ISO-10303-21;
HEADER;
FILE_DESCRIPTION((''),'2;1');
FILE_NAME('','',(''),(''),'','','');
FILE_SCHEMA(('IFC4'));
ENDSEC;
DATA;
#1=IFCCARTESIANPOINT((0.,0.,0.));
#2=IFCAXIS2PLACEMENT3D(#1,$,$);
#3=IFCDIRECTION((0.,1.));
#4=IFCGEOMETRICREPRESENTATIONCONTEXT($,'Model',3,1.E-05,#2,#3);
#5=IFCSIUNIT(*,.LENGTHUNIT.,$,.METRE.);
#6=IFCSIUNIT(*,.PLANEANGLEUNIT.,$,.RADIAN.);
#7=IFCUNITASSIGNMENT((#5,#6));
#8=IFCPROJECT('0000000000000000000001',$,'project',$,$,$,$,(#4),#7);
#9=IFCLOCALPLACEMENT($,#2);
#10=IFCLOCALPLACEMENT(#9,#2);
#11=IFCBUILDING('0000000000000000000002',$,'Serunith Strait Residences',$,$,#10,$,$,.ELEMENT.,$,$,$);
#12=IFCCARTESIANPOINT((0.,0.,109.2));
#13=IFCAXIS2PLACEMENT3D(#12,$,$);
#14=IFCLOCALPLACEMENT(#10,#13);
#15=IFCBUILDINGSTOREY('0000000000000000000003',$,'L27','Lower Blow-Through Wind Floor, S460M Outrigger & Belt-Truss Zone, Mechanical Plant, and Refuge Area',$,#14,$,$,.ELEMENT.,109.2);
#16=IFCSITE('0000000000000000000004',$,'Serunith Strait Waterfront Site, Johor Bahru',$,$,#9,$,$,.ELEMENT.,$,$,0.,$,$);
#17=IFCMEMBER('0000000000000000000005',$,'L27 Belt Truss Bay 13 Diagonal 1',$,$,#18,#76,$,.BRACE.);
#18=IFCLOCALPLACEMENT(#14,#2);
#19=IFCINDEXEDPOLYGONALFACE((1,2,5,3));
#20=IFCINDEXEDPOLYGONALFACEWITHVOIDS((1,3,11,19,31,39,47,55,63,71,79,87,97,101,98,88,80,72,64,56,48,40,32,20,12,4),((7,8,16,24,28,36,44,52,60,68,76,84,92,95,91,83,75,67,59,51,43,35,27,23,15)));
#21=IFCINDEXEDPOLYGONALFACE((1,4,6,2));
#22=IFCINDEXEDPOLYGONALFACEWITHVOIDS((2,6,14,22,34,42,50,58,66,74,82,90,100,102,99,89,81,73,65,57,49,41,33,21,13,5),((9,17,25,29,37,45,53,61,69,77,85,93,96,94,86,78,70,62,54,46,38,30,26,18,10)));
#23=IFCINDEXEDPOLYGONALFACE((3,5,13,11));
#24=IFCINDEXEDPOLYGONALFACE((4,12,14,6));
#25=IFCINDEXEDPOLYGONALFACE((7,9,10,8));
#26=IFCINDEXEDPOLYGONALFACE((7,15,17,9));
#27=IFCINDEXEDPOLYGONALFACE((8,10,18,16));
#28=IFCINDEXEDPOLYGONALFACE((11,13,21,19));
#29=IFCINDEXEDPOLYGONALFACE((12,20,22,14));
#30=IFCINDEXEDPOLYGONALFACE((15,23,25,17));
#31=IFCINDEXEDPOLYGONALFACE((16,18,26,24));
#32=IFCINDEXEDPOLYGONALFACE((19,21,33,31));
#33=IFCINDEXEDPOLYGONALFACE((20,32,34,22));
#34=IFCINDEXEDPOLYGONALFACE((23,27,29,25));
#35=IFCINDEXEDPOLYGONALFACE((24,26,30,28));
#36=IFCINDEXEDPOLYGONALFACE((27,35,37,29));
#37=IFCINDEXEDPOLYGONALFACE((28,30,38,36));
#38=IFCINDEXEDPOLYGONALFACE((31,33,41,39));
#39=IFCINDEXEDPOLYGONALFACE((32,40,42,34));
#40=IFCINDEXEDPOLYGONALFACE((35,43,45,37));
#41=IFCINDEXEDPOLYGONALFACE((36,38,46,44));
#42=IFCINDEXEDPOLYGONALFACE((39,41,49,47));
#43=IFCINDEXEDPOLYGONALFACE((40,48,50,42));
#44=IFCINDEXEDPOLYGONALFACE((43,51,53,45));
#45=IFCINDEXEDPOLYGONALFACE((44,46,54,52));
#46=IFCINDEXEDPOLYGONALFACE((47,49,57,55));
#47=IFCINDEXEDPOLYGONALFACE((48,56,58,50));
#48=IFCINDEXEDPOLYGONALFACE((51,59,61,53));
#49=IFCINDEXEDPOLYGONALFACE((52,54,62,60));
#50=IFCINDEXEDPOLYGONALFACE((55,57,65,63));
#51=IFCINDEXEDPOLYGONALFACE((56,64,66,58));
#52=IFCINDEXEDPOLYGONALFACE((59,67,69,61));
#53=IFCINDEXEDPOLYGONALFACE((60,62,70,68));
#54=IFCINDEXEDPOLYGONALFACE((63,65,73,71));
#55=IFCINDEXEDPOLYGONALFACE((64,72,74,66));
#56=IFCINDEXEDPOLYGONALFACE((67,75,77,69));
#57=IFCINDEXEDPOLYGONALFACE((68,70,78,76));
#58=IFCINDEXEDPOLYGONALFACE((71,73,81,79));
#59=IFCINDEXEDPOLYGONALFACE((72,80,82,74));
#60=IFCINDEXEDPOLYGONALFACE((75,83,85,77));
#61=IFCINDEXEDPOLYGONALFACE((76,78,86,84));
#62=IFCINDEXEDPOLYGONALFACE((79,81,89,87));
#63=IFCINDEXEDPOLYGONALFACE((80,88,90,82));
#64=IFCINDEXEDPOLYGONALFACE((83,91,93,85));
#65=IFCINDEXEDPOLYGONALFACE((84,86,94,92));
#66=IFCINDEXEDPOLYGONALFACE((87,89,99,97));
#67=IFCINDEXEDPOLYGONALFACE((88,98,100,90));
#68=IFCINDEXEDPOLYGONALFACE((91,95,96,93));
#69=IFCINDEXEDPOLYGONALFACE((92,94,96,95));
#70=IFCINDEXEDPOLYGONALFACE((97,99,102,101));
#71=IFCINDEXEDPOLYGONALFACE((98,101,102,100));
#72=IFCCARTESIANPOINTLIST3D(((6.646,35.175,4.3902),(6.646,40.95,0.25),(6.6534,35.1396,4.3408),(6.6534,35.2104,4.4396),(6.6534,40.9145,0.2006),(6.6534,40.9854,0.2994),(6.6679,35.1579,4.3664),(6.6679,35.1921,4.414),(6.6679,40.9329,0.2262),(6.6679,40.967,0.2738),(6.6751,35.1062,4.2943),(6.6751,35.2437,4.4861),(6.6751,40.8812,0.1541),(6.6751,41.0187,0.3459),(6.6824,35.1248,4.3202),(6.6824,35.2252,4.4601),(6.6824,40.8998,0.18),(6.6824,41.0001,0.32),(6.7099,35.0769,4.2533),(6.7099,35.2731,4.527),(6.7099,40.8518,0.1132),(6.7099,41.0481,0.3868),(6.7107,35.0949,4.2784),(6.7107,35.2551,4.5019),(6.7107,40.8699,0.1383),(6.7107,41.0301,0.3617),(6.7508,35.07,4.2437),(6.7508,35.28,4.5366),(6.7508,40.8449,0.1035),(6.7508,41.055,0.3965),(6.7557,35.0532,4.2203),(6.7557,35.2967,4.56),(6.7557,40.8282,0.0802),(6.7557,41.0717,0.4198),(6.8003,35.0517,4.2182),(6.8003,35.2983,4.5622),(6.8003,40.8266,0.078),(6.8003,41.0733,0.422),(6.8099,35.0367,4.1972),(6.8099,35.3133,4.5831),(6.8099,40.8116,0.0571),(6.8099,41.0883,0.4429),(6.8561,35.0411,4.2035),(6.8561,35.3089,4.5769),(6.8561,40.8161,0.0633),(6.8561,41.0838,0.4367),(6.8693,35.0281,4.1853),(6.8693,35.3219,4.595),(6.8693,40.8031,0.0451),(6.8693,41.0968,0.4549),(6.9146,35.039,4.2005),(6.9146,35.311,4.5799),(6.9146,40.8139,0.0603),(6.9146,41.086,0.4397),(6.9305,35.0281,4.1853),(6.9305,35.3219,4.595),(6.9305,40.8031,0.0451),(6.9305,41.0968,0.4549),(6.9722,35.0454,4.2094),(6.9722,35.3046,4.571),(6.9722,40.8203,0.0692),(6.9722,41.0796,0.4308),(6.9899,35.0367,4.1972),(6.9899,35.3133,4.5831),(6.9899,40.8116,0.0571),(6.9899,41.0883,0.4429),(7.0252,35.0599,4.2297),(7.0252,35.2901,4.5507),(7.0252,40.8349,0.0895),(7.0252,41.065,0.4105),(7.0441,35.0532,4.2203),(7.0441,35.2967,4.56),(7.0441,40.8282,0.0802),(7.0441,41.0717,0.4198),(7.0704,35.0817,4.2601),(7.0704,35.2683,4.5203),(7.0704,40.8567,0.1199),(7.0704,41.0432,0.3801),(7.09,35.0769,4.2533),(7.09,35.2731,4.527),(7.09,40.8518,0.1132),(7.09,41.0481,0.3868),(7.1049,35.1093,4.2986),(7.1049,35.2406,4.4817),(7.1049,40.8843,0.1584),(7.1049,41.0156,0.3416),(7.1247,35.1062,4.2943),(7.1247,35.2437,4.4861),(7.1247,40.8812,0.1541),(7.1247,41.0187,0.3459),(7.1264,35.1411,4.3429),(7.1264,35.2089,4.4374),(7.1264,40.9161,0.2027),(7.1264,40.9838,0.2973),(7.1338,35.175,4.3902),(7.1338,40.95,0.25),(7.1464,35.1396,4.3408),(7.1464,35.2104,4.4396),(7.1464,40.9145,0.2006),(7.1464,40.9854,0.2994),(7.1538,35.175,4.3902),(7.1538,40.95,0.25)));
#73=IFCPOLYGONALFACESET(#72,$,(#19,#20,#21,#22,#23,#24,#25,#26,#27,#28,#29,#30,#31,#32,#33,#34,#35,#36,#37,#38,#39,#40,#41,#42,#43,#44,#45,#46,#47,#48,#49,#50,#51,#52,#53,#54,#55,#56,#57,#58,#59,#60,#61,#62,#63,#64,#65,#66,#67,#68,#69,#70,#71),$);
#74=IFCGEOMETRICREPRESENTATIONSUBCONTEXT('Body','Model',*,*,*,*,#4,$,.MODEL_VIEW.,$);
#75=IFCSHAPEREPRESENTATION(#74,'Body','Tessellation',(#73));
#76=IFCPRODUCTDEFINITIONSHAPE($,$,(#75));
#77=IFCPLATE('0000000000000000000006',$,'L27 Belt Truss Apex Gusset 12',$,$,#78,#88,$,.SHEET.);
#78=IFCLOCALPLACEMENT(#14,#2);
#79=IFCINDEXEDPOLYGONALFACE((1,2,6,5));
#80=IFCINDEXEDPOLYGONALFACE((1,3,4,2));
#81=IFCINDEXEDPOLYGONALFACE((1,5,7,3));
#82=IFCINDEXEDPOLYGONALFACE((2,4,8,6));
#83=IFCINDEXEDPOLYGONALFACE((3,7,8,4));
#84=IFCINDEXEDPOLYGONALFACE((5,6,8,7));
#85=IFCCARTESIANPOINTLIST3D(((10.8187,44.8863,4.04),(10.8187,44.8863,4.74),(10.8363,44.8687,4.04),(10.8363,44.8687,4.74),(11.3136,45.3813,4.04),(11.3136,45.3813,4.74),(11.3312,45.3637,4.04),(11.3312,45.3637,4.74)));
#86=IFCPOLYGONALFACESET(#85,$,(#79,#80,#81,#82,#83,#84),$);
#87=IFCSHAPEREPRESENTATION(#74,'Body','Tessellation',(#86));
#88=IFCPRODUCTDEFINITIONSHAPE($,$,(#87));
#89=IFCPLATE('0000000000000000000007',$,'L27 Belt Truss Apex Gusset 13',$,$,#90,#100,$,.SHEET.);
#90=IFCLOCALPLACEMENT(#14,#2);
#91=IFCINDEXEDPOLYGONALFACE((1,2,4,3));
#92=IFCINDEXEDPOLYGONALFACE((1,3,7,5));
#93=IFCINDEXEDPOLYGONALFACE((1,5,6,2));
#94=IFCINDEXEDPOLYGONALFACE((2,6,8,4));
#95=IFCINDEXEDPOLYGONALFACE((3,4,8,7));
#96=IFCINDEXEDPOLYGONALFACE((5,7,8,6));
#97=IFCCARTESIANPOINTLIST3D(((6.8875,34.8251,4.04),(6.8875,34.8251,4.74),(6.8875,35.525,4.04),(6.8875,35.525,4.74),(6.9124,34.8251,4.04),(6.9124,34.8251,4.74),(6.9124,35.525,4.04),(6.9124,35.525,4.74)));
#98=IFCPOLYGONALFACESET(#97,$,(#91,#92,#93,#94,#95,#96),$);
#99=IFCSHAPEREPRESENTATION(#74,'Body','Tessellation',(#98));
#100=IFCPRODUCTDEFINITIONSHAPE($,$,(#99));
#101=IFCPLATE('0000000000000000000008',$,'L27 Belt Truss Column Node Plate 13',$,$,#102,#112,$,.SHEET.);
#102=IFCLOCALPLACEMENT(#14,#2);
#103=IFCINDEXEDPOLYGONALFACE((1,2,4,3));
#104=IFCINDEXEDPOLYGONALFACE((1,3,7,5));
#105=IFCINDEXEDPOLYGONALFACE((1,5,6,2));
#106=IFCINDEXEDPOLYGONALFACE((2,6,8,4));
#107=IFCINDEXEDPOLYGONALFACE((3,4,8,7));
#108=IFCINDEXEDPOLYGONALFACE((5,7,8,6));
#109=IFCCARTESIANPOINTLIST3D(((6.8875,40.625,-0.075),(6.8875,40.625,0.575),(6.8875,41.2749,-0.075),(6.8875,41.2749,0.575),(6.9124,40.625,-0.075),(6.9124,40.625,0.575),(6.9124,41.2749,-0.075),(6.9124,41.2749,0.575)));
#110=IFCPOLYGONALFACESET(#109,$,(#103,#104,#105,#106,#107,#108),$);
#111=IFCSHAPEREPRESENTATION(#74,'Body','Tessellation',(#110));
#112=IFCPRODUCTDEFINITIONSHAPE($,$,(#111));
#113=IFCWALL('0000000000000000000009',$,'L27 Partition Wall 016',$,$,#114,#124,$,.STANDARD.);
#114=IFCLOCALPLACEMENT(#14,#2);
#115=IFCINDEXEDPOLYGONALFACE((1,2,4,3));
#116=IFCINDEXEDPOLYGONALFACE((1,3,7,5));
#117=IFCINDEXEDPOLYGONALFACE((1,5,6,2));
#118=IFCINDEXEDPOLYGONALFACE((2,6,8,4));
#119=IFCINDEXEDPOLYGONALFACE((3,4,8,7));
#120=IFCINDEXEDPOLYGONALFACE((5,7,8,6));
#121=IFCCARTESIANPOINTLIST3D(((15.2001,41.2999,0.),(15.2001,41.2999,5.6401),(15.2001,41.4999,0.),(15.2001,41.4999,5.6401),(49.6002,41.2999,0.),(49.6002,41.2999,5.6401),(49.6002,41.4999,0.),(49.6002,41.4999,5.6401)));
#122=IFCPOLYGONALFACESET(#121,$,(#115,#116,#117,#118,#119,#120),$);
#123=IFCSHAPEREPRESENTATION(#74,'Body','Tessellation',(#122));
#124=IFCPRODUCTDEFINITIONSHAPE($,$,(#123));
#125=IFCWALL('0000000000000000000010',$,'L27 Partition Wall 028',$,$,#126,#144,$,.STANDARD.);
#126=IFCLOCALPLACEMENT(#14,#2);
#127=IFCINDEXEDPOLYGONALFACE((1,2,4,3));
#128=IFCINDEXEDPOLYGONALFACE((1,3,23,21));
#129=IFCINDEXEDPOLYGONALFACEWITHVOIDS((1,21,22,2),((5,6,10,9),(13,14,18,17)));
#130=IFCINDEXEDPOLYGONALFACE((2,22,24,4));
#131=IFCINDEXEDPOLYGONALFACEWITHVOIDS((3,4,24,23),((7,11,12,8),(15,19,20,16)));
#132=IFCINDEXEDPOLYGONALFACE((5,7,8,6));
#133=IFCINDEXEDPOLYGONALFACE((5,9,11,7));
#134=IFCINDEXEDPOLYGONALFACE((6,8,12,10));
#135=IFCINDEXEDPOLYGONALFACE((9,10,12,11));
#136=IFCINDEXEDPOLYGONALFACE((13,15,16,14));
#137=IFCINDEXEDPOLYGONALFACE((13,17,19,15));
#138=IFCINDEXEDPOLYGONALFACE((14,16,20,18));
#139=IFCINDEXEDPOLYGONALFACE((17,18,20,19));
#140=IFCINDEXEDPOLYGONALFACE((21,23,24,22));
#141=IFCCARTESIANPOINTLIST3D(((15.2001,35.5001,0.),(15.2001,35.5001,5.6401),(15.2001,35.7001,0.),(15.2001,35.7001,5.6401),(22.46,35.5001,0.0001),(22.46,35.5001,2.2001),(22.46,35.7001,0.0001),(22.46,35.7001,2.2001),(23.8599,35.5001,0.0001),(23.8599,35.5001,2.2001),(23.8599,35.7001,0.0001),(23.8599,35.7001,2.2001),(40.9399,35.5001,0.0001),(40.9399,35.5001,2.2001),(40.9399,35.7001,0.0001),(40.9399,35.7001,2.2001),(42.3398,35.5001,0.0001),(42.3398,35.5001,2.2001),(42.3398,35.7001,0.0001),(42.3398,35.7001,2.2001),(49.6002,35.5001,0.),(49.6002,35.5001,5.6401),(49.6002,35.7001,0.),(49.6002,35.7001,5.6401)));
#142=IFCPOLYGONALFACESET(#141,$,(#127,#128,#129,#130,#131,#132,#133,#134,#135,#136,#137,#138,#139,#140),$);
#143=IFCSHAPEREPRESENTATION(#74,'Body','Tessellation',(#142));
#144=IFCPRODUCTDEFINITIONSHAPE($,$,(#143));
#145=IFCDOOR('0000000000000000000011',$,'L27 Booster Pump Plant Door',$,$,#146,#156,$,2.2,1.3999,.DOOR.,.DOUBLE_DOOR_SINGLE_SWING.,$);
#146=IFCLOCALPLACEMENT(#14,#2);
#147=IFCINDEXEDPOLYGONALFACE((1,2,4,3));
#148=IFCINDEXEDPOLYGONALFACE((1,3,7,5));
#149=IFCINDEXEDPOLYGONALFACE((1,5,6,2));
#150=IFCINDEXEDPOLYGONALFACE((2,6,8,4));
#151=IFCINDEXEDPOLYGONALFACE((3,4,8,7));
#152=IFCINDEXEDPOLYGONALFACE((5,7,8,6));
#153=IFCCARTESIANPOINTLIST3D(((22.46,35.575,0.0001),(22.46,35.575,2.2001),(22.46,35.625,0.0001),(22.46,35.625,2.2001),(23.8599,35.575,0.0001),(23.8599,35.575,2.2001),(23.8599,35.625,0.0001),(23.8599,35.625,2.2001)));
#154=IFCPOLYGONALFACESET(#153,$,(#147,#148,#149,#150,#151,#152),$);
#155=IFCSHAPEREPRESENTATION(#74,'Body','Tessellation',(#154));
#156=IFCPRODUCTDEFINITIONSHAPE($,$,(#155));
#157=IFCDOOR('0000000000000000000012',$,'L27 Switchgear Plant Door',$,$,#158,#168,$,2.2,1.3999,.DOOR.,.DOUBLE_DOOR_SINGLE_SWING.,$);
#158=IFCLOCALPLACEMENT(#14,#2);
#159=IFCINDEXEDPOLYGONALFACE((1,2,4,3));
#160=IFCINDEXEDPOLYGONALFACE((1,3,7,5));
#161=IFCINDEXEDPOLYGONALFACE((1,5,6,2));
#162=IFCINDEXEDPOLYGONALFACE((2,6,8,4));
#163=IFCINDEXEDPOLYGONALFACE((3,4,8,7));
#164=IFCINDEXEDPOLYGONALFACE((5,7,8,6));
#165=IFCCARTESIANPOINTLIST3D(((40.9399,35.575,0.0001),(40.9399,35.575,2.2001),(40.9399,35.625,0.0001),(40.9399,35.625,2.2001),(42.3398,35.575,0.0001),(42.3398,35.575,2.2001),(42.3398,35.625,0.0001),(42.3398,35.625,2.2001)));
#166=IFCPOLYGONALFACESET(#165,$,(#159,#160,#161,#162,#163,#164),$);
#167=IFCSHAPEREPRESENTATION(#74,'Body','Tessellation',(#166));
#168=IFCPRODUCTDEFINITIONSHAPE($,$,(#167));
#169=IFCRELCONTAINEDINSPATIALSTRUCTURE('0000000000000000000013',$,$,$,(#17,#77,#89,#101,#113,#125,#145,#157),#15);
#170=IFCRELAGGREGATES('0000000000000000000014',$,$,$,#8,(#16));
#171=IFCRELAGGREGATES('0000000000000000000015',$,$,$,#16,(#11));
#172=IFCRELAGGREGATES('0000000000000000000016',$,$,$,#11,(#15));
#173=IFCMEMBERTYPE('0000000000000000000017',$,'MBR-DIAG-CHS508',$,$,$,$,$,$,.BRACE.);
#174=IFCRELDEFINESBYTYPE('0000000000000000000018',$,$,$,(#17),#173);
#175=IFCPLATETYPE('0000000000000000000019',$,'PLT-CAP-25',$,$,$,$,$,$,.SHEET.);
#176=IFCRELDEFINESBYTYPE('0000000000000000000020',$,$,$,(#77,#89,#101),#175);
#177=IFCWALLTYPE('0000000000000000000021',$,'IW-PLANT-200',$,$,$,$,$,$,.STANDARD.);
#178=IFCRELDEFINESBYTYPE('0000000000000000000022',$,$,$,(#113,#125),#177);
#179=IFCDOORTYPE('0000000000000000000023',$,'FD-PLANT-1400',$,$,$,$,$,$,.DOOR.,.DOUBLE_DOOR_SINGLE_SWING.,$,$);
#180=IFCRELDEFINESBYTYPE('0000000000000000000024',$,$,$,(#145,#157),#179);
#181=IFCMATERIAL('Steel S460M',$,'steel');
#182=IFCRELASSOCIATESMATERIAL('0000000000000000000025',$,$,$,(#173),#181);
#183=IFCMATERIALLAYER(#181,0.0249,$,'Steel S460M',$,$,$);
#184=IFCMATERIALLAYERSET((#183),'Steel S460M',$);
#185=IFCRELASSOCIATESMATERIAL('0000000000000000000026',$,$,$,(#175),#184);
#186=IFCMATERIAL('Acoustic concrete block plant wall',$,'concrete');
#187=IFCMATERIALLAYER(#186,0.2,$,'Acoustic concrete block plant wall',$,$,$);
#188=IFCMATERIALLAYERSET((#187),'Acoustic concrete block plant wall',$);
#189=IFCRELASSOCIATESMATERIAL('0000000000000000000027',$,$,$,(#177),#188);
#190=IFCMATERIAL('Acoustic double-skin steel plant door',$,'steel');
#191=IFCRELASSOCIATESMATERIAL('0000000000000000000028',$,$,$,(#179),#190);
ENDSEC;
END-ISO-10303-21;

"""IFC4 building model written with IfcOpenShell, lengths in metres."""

from ifc_helpers import new_model, si_unit, direction, frame, frame_2d, origin, origin_2d, place, context, subcontext, project, spatial, rectangle, hollow_circle, extrude, source, transform, mapped, material, layer, layer_set, material_profile, profile_set, type_object, element, fill, save


model = new_model("IFC4")

# Units and contexts
model_context = context("Model", 3, precision=1e-05, world=origin(), true_north=direction((0.0, 1.0)))
body_context = subcontext(model_context, "Body", "Model", "MODEL_VIEW")
ifc_project = project(units=[si_unit("LENGTHUNIT", "METRE"), si_unit("PLANEANGLEUNIT", "RADIAN")], contexts=[model_context])

# Site, building, storey
site_placement = place(None, origin())
site = spatial("IfcSite", under=ifc_project, at=site_placement, Name="Serunith Strait Waterfront Site, Johor Bahru", CompositionType="ELEMENT", RefElevation=0.0)
building_placement = place(site_placement, origin())
building = spatial("IfcBuilding", under=site, at=building_placement, Name="Serunith Strait Residences", CompositionType="ELEMENT")
storey_placement = place(building_placement, frame((0.0, 0.0, 109.2)))
storey = spatial("IfcBuildingStorey", under=building, at=storey_placement, Name="L27", Description="Lower Blow-Through Wind Floor, S460M Outrigger & Belt-Truss Zone, Mechanical Plant, and Refuge Area", CompositionType="ELEMENT", Elevation=109.2)

# Member
ifc_material_1 = material(Name="Steel S460M", Category="steel")
ifc_material_profile_1 = material_profile(ifc_material_1, hollow_circle(Radius=0.2539, WallThickness=0.02, at=origin_2d()), Name="CHS 508x20")
ifc_profile_set_1 = profile_set([ifc_material_profile_1], Name="Steel S460M")
member_type_1 = type_object("IfcMemberType", Name="MBR-DIAG-CHS508", PredefinedType="BRACE", material=ifc_profile_set_1)
shared_shape_1 = source(origin(), body_context, "Body", "SweptSolid", [
    extrude(hollow_circle(Radius=0.2539, WallThickness=0.02, at=origin_2d()), origin(), (0.0, 0.0, 1.0), 7.1057),
])
member_1_placement = place(storey_placement, frame((6.8999, 40.95, 0.25), z_axis=(0.0, -0.81272, 0.582654), x_axis=(1.0, 0.0, 0.0)))
element("IfcMember", 1, at=member_1_placement, inside=storey, type_object=member_type_1, Name="L27 Belt Truss Bay 13 Diagonal 1", PredefinedType="BRACE", context=body_context, shape_type="MappedRepresentation", body=[
    mapped(shared_shape_1, transform((0.0, 0.0, 0.0), scale=1.0)),
])

# Plates
ifc_layer_1 = layer(ifc_material_1, 0.0249, Name="Steel S460M")
ifc_layer_set_1 = layer_set([ifc_layer_1], Name="Steel S460M")
plate_type = type_object("IfcPlateType", Name="PLT-CAP-25", PredefinedType="SHEET", material=ifc_layer_set_1)
shared_shape_2 = source(origin(), body_context, "Body", "SweptSolid", [
    extrude(rectangle(XDim=0.7, YDim=0.0249, at=origin_2d()), origin(), (0.0, 0.0, 1.0), 0.7),
])
for number, where, z_axis, x_axis, name in (
    (2, (11.075, 45.125, 4.04), (0.0, 0.0, 1.0), (-0.707107, -0.707107, 0.0), "L27 Belt Truss Apex Gusset 12"),
    (3, (6.8999, 35.175, 4.04), (0.0, 0.0, 1.0), (0.0, -1.0, 0.0), "L27 Belt Truss Apex Gusset 13"),
):
    element("IfcPlate", number, at=place(storey_placement, frame(where, z_axis=z_axis, x_axis=x_axis)), inside=storey, type_object=plate_type, Name=name, PredefinedType="SHEET", context=body_context, shape_type="MappedRepresentation", body=[
        mapped(shared_shape_2, transform((0.0, 0.0, 0.0), scale=1.0)),
    ])
shared_shape_3 = source(origin(), body_context, "Body", "SweptSolid", [
    extrude(rectangle(XDim=0.6499, YDim=0.0249, at=origin_2d()), origin(), (0.0, 0.0, 1.0), 0.6499),
])
plate_placement = place(storey_placement, frame((6.8999, 40.95, -0.075), z_axis=(0.0, 0.0, 1.0), x_axis=(0.0, -1.0, 0.0)))
element("IfcPlate", 4, at=plate_placement, inside=storey, type_object=plate_type, Name="L27 Belt Truss Column Node Plate 13", PredefinedType="SHEET", context=body_context, shape_type="MappedRepresentation", body=[
    mapped(shared_shape_3, transform((0.0, 0.0, 0.0), scale=1.0)),
])

# Wall
ifc_material_2 = material(Name="Acoustic concrete block plant wall", Category="concrete")
ifc_layer_2 = layer(ifc_material_2, 0.2, Name="Acoustic concrete block plant wall")
ifc_layer_set_2 = layer_set([ifc_layer_2], Name="Acoustic concrete block plant wall")
wall_type = type_object("IfcWallType", Name="IW-PLANT-200", PredefinedType="STANDARD", material=ifc_layer_set_2)
wall_1_placement = place(storey_placement, frame((15.2, 41.3999, 0.0), z_axis=(0.0, 0.0, 1.0), x_axis=(1.0, 0.0, 0.0)))
element("IfcWall", 5, at=wall_1_placement, inside=storey, type_object=wall_type, Name="L27 Partition Wall 016", PredefinedType="STANDARD", context=body_context, shape_type="SweptSolid", body=[
    extrude(rectangle(XDim=34.4001, YDim=0.2, at=frame_2d((17.2002, 0.0))), origin(), (0.0, 0.0, 1.0), 5.6401),
])

# Wall, openings, doors
wall_2_placement = place(storey_placement, frame((15.2, 35.6001, 0.0), z_axis=(0.0, 0.0, 1.0), x_axis=(1.0, 0.0, 0.0)))
wall_2 = element("IfcWall", 6, at=wall_2_placement, inside=storey, type_object=wall_type, Name="L27 Partition Wall 028", PredefinedType="STANDARD", context=body_context, shape_type="SweptSolid", body=[
    extrude(rectangle(XDim=34.4001, YDim=0.2, at=frame_2d((17.2002, 0.0))), origin(), (0.0, 0.0, 1.0), 5.6401),
])
opening_1_placement = place(wall_2_placement, frame((7.26, 0.0, 0.0)))
opening_1 = element("IfcOpeningElement", 7, at=opening_1_placement, cuts=wall_2, PredefinedType="OPENING", context=body_context, shape_type="SweptSolid", body=[
    extrude(rectangle(XDim=1.3999, YDim=2.2, at=frame_2d((0.7, 1.1001))), frame((0.0, 0.1099, 0.0), z_axis=(0.0, -1.0, 0.0), x_axis=(1.0, 0.0, 0.0)), (0.0, 0.0, 1.0), 0.22),
])
opening_2_placement = place(wall_2_placement, frame((25.74, 0.0, 0.0)))
opening_2 = element("IfcOpeningElement", 8, at=opening_2_placement, cuts=wall_2, PredefinedType="OPENING", context=body_context, shape_type="SweptSolid", body=[
    extrude(rectangle(XDim=1.3999, YDim=2.2, at=frame_2d((0.7, 1.1001))), frame((0.0, 0.1099, 0.0), z_axis=(0.0, -1.0, 0.0), x_axis=(1.0, 0.0, 0.0)), (0.0, 0.0, 1.0), 0.22),
])
ifc_material_3 = material(Name="Acoustic double-skin steel plant door", Category="steel")
door_type = type_object("IfcDoorType", Name="FD-PLANT-1400", OperationType="DOUBLE_DOOR_SINGLE_SWING", PredefinedType="DOOR", material=ifc_material_3)
shared_shape_4 = source(origin(), body_context, "Body", "SweptSolid", [
    extrude(rectangle(XDim=1.3999, YDim=2.2, at=frame_2d((0.7, 1.1001))), frame((0.0, 0.0249, 0.0), z_axis=(0.0, -1.0, 0.0), x_axis=(1.0, 0.0, 0.0)), (0.0, 0.0, 1.0), 0.05),
])
door_1_placement = place(opening_1_placement, origin())
door_1 = element("IfcDoor", 9, at=door_1_placement, inside=storey, type_object=door_type, Name="L27 Booster Pump Plant Door", OperationType="DOUBLE_DOOR_SINGLE_SWING", OverallHeight=2.2, OverallWidth=1.3999, PredefinedType="DOOR", context=body_context, shape_type="MappedRepresentation", body=[
    mapped(shared_shape_4, transform((0.0, 0.0, 0.0), scale=1.0)),
])
fill(opening_1, door_1)
door_2_placement = place(opening_2_placement, origin())
door_2 = element("IfcDoor", 10, at=door_2_placement, inside=storey, type_object=door_type, Name="L27 Switchgear Plant Door", OperationType="DOUBLE_DOOR_SINGLE_SWING", OverallHeight=2.2, OverallWidth=1.3999, PredefinedType="DOOR", context=body_context, shape_type="MappedRepresentation", body=[
    mapped(shared_shape_4, transform((0.0, 0.0, 0.0), scale=1.0)),
])
fill(opening_2, door_2)

save(model, "model.ifc")
